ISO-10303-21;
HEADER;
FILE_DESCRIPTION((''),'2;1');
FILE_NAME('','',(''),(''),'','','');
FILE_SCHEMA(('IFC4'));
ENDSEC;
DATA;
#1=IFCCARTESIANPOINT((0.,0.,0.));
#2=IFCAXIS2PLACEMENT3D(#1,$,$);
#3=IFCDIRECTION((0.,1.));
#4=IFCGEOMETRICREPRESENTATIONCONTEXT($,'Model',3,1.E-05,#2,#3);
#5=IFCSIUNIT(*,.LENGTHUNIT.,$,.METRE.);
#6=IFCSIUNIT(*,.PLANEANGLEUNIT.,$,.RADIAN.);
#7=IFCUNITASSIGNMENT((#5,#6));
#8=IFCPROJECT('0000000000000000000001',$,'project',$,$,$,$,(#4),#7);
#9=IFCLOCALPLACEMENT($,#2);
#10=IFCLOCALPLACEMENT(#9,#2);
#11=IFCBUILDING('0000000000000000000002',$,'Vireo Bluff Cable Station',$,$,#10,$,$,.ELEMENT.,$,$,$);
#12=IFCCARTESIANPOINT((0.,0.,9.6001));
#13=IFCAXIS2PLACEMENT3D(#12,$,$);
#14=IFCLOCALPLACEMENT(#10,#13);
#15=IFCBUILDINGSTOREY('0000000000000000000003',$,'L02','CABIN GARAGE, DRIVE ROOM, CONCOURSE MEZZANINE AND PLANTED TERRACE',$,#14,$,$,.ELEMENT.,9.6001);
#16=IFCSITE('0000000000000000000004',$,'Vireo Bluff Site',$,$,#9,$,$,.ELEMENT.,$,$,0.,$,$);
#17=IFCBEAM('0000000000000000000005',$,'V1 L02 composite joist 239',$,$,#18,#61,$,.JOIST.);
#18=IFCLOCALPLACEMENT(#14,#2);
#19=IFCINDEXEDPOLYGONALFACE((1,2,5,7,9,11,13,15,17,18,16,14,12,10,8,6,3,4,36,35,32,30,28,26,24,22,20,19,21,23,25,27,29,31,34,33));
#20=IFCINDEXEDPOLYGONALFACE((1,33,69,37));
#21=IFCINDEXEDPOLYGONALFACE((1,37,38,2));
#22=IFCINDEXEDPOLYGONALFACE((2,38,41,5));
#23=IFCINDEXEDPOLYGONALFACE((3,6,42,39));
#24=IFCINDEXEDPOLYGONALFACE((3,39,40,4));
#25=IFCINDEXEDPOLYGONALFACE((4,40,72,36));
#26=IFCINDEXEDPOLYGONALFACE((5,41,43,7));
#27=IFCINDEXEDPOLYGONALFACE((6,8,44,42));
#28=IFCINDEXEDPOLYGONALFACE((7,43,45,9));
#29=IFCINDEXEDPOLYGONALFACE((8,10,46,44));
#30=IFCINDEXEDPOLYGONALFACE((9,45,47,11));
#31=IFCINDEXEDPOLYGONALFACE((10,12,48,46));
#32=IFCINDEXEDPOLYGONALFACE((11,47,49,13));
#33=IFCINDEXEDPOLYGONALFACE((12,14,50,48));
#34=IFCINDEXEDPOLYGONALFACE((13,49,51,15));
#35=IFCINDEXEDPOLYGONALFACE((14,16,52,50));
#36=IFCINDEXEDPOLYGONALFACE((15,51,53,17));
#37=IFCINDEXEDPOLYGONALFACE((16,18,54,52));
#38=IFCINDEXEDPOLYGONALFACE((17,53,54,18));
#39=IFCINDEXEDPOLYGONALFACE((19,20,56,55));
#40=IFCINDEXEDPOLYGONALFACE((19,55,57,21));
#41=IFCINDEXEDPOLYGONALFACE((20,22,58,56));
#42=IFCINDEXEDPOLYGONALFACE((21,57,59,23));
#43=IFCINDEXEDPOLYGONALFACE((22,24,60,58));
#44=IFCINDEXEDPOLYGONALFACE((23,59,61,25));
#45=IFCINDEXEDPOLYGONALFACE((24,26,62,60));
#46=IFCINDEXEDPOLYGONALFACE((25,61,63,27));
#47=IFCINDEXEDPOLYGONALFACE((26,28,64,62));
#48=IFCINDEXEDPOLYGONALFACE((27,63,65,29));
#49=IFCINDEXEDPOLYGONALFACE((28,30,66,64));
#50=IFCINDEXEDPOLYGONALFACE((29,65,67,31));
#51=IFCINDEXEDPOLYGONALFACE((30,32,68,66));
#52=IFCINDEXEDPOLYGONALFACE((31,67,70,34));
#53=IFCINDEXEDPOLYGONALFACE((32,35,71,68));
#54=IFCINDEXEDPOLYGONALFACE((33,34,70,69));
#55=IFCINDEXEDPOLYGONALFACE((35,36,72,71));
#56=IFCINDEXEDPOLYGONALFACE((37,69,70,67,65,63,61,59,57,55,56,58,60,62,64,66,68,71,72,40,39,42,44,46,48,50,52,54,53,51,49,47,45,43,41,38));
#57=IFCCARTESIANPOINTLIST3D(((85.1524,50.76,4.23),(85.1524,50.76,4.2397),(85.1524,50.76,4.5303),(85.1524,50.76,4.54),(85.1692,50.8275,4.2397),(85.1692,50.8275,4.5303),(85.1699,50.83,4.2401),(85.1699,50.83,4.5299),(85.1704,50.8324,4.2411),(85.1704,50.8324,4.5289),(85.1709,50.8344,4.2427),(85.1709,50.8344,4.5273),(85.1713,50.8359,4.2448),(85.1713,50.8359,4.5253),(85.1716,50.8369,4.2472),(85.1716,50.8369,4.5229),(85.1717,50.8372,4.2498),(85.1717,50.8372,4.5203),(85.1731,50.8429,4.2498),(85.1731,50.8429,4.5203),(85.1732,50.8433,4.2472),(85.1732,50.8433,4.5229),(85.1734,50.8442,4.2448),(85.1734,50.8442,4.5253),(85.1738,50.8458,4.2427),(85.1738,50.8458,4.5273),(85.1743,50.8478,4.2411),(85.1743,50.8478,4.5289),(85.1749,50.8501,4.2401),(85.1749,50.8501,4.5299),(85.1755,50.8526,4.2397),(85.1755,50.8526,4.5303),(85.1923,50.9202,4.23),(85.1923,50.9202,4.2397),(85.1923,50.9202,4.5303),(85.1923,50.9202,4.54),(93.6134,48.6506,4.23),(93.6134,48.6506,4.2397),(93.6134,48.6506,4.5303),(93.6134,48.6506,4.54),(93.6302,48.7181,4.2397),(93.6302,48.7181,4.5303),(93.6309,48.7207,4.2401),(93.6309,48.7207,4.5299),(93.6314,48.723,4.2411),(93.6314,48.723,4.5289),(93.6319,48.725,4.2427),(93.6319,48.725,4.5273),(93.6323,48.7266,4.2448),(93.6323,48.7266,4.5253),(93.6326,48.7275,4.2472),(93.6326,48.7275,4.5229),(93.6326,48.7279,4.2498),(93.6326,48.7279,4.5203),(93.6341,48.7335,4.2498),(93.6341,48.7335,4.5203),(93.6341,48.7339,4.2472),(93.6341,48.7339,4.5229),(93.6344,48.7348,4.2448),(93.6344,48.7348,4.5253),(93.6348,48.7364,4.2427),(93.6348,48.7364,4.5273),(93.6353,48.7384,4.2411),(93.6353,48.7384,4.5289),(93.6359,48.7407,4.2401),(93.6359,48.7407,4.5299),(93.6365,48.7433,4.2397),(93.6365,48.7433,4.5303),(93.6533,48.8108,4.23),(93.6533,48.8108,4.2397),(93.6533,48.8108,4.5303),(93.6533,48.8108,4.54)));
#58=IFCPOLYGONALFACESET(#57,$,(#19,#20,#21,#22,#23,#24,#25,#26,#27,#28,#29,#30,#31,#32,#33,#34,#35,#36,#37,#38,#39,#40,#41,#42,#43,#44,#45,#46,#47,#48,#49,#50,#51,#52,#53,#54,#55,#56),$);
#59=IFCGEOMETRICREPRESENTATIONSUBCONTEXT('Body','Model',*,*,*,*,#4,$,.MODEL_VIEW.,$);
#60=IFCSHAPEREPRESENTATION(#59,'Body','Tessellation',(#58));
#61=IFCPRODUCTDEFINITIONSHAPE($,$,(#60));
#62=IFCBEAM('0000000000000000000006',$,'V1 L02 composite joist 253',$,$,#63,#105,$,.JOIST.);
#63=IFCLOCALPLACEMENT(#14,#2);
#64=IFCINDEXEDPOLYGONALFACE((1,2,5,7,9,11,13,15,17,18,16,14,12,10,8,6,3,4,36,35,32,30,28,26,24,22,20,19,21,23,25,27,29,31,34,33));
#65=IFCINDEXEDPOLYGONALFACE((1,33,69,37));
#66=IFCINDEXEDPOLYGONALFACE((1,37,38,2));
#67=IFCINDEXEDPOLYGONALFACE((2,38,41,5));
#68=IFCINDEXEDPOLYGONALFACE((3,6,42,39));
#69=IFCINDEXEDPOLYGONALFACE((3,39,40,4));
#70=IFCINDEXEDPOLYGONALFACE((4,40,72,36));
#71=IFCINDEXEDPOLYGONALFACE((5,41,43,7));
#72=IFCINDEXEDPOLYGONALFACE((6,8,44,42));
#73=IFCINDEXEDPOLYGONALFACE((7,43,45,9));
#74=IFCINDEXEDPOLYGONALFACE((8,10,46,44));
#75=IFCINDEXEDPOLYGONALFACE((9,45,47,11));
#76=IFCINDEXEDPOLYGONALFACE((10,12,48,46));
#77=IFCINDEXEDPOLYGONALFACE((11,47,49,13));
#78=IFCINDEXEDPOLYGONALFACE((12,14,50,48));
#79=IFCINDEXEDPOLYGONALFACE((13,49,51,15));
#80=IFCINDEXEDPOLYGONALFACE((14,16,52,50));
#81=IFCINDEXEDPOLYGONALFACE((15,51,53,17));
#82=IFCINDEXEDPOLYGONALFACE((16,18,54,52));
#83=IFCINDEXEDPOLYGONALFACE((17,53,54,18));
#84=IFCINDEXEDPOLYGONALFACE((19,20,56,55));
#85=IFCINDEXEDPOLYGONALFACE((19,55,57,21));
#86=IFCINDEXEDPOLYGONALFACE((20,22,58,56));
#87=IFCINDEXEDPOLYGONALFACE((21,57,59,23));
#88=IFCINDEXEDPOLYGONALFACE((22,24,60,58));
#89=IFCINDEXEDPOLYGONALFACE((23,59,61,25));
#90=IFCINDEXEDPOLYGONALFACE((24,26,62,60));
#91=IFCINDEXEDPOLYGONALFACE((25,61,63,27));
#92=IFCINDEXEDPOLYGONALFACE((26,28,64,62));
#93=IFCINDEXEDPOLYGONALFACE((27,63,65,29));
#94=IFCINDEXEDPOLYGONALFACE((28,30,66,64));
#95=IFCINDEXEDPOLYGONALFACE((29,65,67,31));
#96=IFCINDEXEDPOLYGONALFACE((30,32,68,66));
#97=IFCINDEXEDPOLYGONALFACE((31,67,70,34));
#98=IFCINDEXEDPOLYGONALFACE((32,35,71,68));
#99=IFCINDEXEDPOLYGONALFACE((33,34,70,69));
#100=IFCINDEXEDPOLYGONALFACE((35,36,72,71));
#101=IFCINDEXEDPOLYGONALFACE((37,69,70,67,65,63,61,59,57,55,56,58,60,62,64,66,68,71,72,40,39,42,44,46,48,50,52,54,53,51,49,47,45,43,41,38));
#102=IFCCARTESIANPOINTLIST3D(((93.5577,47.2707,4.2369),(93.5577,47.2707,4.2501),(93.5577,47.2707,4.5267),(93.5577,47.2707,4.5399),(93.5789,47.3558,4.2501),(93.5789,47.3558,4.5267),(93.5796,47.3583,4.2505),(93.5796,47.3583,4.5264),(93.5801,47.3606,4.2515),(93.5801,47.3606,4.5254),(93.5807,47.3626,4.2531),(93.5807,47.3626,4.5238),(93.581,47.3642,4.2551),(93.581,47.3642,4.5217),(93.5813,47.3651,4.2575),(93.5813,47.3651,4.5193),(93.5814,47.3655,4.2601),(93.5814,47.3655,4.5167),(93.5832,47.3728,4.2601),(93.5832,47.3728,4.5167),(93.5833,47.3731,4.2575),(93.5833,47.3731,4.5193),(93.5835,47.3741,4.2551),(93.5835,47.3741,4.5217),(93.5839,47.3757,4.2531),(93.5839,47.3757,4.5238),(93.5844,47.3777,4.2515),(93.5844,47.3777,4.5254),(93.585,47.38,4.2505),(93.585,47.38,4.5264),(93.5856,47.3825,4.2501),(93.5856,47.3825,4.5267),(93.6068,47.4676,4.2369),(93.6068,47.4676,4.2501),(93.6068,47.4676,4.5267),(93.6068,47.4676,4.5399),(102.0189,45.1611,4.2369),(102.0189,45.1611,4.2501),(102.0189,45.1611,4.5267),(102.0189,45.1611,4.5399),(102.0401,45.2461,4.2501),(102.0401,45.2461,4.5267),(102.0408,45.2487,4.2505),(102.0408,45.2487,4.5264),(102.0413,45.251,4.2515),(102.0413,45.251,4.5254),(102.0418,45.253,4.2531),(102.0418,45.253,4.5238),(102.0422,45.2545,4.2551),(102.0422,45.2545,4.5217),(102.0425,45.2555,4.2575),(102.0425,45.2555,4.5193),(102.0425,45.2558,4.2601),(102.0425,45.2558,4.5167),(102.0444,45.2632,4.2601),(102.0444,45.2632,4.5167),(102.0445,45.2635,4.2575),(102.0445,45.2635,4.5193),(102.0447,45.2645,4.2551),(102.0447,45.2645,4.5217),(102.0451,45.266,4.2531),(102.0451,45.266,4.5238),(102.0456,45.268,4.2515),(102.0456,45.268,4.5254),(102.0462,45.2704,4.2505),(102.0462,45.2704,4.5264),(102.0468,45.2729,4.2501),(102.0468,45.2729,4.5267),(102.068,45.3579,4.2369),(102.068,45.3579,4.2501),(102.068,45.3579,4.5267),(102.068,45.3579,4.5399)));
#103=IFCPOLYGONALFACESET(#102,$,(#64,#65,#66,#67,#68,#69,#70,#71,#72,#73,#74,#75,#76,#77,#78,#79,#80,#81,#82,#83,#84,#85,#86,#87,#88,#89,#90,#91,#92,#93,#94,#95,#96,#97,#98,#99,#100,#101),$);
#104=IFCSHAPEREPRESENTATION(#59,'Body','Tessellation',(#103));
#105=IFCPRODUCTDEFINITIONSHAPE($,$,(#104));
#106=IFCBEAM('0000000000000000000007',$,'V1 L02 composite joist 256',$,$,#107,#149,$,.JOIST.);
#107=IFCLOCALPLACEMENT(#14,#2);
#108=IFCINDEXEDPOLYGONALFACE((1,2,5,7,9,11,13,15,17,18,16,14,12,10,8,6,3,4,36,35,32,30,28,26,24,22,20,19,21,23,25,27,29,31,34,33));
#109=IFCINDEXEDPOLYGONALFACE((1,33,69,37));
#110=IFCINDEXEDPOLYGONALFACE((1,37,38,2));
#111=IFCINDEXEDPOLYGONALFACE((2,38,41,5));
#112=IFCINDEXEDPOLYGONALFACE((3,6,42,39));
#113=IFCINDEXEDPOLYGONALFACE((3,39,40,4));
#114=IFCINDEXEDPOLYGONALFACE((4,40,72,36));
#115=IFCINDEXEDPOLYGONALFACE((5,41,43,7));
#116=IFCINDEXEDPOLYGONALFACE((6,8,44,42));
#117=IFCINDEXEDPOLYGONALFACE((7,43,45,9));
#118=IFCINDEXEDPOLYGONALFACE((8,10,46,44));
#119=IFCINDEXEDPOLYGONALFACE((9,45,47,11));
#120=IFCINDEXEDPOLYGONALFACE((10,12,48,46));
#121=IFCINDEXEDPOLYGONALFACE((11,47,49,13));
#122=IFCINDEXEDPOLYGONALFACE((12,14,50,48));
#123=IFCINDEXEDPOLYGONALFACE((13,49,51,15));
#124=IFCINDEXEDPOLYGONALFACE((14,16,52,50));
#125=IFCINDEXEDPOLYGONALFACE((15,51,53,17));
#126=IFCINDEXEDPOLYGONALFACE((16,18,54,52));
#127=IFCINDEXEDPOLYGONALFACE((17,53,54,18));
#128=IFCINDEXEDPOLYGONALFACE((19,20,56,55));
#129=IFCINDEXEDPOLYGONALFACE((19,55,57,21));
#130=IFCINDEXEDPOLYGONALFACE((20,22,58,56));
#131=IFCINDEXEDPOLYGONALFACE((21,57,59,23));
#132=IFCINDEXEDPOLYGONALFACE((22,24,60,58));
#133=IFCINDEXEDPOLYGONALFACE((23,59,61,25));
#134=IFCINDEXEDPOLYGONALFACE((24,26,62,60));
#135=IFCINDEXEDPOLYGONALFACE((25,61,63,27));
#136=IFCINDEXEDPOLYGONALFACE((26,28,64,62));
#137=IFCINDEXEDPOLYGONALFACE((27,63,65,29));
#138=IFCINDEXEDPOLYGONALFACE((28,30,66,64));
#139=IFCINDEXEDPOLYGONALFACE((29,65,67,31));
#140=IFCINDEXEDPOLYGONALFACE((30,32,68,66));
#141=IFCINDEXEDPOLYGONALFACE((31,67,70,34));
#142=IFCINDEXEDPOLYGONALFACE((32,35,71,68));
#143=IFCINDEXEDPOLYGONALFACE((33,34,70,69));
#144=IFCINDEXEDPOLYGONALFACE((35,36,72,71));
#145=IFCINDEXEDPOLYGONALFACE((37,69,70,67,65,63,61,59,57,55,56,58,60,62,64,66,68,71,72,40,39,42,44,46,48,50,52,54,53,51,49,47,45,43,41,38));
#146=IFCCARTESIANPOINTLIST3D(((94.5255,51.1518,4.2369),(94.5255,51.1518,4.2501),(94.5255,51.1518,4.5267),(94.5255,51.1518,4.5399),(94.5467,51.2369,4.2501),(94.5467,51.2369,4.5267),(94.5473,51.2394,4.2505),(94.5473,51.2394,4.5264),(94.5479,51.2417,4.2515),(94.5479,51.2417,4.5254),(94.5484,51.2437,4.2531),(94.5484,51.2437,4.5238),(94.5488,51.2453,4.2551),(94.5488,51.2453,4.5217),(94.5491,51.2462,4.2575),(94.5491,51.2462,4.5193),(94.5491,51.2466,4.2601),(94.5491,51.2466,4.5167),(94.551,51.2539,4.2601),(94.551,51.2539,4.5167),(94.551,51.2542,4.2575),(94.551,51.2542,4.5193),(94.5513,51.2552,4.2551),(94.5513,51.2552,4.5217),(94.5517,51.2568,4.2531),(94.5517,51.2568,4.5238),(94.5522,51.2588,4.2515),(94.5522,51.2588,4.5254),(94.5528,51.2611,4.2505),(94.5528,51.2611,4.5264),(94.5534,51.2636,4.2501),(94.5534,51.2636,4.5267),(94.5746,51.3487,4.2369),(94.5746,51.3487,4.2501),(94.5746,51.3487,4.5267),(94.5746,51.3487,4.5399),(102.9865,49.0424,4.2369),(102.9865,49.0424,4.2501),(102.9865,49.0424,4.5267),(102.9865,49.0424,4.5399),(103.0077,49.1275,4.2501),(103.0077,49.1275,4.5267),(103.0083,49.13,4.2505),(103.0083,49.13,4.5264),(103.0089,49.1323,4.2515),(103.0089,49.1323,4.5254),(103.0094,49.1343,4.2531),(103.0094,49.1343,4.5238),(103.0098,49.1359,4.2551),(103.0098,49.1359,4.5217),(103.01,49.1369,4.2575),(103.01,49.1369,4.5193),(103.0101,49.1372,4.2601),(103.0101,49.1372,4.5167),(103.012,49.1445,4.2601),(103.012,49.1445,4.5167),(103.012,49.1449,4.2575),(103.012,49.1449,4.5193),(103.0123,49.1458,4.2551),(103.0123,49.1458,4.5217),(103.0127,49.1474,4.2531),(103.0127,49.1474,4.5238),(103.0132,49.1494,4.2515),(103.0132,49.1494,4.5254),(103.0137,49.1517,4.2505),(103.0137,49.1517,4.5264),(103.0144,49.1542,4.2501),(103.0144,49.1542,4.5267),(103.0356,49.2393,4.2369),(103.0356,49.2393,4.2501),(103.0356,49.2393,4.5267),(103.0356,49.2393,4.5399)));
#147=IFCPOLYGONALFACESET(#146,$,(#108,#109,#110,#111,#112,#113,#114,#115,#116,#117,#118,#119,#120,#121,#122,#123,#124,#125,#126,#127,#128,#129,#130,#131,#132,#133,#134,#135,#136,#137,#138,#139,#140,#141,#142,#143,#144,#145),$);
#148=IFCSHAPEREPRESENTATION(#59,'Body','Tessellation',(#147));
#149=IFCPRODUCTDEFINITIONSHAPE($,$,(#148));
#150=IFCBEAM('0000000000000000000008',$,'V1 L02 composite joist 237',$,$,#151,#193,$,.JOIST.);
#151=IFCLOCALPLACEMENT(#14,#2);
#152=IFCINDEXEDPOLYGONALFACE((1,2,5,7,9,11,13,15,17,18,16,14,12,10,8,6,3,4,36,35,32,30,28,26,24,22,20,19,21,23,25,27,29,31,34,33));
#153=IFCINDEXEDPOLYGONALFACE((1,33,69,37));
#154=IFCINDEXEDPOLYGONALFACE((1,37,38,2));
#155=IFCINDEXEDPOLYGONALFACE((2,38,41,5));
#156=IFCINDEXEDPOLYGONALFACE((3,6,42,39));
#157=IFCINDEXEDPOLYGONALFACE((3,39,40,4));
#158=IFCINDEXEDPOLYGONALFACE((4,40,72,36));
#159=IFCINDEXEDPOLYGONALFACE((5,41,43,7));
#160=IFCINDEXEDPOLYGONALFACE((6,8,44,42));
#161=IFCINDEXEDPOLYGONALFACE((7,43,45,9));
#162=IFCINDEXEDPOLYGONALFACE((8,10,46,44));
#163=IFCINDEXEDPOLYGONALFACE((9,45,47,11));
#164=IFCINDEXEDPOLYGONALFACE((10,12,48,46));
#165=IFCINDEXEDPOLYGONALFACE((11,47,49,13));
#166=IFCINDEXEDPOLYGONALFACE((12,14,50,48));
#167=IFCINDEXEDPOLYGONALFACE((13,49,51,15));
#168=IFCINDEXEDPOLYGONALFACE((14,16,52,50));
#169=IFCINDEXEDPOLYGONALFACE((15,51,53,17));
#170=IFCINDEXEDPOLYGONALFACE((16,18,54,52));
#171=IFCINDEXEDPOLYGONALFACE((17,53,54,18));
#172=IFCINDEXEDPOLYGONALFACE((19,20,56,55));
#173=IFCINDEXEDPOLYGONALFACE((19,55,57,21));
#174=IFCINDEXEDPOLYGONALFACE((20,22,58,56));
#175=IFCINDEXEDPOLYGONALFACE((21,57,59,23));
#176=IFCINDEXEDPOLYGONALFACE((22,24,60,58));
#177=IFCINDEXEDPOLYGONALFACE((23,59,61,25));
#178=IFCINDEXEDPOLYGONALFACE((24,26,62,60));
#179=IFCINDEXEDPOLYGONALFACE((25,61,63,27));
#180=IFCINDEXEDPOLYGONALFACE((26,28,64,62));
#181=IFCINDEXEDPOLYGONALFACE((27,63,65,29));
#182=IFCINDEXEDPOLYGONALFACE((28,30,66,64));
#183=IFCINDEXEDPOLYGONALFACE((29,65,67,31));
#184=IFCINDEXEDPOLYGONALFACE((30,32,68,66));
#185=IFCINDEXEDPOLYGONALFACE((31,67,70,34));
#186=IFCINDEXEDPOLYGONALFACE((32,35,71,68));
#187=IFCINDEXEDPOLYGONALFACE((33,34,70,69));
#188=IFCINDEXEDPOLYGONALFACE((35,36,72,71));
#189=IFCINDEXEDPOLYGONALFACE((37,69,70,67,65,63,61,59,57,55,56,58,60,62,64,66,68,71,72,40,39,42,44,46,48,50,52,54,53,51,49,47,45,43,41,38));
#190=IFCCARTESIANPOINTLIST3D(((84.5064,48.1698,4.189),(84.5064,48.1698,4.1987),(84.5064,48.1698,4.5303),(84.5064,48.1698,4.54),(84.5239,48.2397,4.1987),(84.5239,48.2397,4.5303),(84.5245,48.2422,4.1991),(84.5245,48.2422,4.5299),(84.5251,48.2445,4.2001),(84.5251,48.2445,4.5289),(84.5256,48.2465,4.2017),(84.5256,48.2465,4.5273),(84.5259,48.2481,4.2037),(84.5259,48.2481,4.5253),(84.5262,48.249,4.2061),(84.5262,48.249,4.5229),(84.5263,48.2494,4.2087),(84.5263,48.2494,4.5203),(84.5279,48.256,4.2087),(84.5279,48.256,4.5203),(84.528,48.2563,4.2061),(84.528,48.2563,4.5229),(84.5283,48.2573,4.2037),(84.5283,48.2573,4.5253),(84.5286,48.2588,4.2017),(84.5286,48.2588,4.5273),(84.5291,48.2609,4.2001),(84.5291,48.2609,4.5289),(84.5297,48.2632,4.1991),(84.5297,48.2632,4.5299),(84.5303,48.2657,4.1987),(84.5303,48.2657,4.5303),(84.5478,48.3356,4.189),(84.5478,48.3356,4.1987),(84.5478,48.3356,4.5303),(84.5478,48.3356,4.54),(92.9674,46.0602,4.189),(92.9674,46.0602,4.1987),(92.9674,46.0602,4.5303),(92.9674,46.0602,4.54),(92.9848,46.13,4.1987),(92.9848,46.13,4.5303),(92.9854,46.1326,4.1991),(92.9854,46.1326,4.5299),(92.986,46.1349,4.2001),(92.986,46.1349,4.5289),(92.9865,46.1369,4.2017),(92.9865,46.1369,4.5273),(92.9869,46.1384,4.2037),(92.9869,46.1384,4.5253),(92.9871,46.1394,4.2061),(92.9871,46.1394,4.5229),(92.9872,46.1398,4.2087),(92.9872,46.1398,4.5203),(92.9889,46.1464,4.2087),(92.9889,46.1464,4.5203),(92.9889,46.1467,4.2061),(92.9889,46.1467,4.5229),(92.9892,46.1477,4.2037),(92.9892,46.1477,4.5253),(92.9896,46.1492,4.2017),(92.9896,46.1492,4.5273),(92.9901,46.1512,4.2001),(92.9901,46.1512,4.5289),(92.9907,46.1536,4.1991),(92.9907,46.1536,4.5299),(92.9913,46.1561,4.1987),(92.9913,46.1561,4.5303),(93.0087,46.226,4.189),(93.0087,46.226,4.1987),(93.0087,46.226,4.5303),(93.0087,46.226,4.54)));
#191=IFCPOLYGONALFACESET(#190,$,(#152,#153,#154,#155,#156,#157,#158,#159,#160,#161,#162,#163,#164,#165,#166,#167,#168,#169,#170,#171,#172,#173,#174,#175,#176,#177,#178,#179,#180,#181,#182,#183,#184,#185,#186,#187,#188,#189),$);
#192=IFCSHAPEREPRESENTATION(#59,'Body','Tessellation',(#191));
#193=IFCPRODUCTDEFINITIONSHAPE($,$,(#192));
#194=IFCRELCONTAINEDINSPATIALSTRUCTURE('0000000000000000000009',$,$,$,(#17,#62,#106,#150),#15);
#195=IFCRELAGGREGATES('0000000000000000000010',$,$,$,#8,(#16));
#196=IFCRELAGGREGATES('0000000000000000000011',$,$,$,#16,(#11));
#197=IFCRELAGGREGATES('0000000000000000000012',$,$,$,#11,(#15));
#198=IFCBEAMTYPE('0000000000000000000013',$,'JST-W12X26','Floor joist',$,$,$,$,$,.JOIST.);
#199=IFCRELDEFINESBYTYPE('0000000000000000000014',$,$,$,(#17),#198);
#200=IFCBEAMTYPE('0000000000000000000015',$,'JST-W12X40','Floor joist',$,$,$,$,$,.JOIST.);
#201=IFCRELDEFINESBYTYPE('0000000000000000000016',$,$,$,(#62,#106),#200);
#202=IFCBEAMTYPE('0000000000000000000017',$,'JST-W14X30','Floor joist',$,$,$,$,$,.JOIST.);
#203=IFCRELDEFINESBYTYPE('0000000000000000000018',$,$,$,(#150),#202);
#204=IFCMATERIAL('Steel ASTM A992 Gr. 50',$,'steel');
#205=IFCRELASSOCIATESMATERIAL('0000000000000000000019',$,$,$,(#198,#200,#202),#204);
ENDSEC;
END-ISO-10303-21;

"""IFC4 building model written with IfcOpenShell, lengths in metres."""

from ifc_helpers import new_model, si_unit, direction, frame, origin, origin_2d, place, context, subcontext, project, spatial, i_section, extrude, material, material_profile, profile_set, type_object, element, save


model = new_model("IFC4")

# Units and contexts
model_context = context("Model", 3, precision=1e-05, world=origin(), true_north=direction((0.0, 1.0)))
body_context = subcontext(model_context, "Body", "Model", "MODEL_VIEW")
ifc_project = project(units=[si_unit("LENGTHUNIT", "METRE"), si_unit("PLANEANGLEUNIT", "RADIAN")], contexts=[model_context])

# Site, building, storey
site_placement = place(None, origin())
site = spatial("IfcSite", under=ifc_project, at=site_placement, Name="Vireo Bluff Site", CompositionType="ELEMENT", RefElevation=0.0)
building_placement = place(site_placement, origin())
building = spatial("IfcBuilding", under=site, at=building_placement, Name="Vireo Bluff Cable Station", CompositionType="ELEMENT")
storey_placement = place(building_placement, frame((0.0, 0.0, 9.6001)))
storey = spatial("IfcBuildingStorey", under=building, at=storey_placement, Name="L02", Description="CABIN GARAGE, DRIVE ROOM, CONCOURSE MEZZANINE AND PLANTED TERRACE", CompositionType="ELEMENT", Elevation=9.6001)

# Shared definitions
ifc_material_1 = material(Name="Steel ASTM A992 Gr. 50", Category="steel")

# Beams
ifc_material_profile_1 = material_profile(ifc_material_1, i_section(OverallWidth=0.165, OverallDepth=0.3101, WebThickness=0.0059, FlangeThickness=0.0098, FilletRadius=0.01, at=origin_2d()), Name="W12X26")
ifc_profile_set_1 = profile_set([ifc_material_profile_1], Name="Steel ASTM A992 Gr. 50")
beam_type_1 = type_object("IfcBeamType", Name="JST-W12X26", Description="Floor joist", PredefinedType="JOIST", material=ifc_profile_set_1)
beam_1_placement = place(storey_placement, frame((85.1724, 50.8401, 4.385), z_axis=(0.9703, -0.241903, 0.0), x_axis=(0.241903, 0.9703, 0.0)))
element("IfcBeam", 1, at=beam_1_placement, inside=storey, type_object=beam_type_1, Name="V1 L02 composite joist 239", PredefinedType="JOIST", context=body_context, shape_type="SweptSolid", body=[
    extrude(i_section(OverallWidth=0.165, OverallDepth=0.3101, WebThickness=0.0059, FlangeThickness=0.0098, FilletRadius=0.01, at=origin_2d()), origin(), (0.0, 0.0, 1.0), 8.72),
])
ifc_material_profile_2 = material_profile(ifc_material_1, i_section(OverallWidth=0.2029, OverallDepth=0.303, WebThickness=0.0076, FlangeThickness=0.0132, FilletRadius=0.01, at=origin_2d()), Name="W12X40")
ifc_profile_set_2 = profile_set([ifc_material_profile_2], Name="Steel ASTM A992 Gr. 50")
beam_type_2 = type_object("IfcBeamType", Name="JST-W12X40", Description="Floor joist", PredefinedType="JOIST", material=ifc_profile_set_2)
beam_2_placement = place(storey_placement, frame((93.5823, 47.3691, 4.3884), z_axis=(0.970295, -0.241923, 0.0), x_axis=(0.241923, 0.970295, 0.0)))
element("IfcBeam", 2, at=beam_2_placement, inside=storey, type_object=beam_type_2, Name="V1 L02 composite joist 253", PredefinedType="JOIST", context=body_context, shape_type="SweptSolid", body=[
    extrude(i_section(OverallWidth=0.2029, OverallDepth=0.303, WebThickness=0.0076, FlangeThickness=0.0132, FilletRadius=0.01, at=origin_2d()), origin(), (0.0, 0.0, 1.0), 8.7202),
])
beam_3_placement = place(storey_placement, frame((94.55, 51.2502, 4.3884), z_axis=(0.9703, -0.241903, 0.0), x_axis=(0.241903, 0.9703, 0.0)))
element("IfcBeam", 3, at=beam_3_placement, inside=storey, type_object=beam_type_2, Name="V1 L02 composite joist 256", PredefinedType="JOIST", context=body_context, shape_type="SweptSolid", body=[
    extrude(i_section(OverallWidth=0.2029, OverallDepth=0.303, WebThickness=0.0076, FlangeThickness=0.0132, FilletRadius=0.01, at=origin_2d()), origin(), (0.0, 0.0, 1.0), 8.72),
])
ifc_material_profile_3 = material_profile(ifc_material_1, i_section(OverallWidth=0.1709, OverallDepth=0.3511, WebThickness=0.0068, FlangeThickness=0.0098, FilletRadius=0.01, at=origin_2d()), Name="W14X30")
ifc_profile_set_3 = profile_set([ifc_material_profile_3], Name="Steel ASTM A992 Gr. 50")
beam_type_3 = type_object("IfcBeamType", Name="JST-W14X30", Description="Floor joist", PredefinedType="JOIST", material=ifc_profile_set_3)
for number, where, z_axis, x_axis, name in (
    (4, (84.5271, 48.2527, 4.3645), (0.970294, -0.24193, 0.0), (0.24193, 0.970294, 0.0), "V1 L02 composite joist 237"),
):
    element("IfcBeam", number, at=place(storey_placement, frame(where, z_axis=z_axis, x_axis=x_axis)), inside=storey, type_object=beam_type_3, Name=name, PredefinedType="JOIST", context=body_context, shape_type="SweptSolid", body=[
        extrude(i_section(OverallWidth=0.1709, OverallDepth=0.3511, WebThickness=0.0068, FlangeThickness=0.0098, FilletRadius=0.01, at=origin_2d()), origin(), (0.0, 0.0, 1.0), 8.72),
    ])

save(model, "model.ifc")
